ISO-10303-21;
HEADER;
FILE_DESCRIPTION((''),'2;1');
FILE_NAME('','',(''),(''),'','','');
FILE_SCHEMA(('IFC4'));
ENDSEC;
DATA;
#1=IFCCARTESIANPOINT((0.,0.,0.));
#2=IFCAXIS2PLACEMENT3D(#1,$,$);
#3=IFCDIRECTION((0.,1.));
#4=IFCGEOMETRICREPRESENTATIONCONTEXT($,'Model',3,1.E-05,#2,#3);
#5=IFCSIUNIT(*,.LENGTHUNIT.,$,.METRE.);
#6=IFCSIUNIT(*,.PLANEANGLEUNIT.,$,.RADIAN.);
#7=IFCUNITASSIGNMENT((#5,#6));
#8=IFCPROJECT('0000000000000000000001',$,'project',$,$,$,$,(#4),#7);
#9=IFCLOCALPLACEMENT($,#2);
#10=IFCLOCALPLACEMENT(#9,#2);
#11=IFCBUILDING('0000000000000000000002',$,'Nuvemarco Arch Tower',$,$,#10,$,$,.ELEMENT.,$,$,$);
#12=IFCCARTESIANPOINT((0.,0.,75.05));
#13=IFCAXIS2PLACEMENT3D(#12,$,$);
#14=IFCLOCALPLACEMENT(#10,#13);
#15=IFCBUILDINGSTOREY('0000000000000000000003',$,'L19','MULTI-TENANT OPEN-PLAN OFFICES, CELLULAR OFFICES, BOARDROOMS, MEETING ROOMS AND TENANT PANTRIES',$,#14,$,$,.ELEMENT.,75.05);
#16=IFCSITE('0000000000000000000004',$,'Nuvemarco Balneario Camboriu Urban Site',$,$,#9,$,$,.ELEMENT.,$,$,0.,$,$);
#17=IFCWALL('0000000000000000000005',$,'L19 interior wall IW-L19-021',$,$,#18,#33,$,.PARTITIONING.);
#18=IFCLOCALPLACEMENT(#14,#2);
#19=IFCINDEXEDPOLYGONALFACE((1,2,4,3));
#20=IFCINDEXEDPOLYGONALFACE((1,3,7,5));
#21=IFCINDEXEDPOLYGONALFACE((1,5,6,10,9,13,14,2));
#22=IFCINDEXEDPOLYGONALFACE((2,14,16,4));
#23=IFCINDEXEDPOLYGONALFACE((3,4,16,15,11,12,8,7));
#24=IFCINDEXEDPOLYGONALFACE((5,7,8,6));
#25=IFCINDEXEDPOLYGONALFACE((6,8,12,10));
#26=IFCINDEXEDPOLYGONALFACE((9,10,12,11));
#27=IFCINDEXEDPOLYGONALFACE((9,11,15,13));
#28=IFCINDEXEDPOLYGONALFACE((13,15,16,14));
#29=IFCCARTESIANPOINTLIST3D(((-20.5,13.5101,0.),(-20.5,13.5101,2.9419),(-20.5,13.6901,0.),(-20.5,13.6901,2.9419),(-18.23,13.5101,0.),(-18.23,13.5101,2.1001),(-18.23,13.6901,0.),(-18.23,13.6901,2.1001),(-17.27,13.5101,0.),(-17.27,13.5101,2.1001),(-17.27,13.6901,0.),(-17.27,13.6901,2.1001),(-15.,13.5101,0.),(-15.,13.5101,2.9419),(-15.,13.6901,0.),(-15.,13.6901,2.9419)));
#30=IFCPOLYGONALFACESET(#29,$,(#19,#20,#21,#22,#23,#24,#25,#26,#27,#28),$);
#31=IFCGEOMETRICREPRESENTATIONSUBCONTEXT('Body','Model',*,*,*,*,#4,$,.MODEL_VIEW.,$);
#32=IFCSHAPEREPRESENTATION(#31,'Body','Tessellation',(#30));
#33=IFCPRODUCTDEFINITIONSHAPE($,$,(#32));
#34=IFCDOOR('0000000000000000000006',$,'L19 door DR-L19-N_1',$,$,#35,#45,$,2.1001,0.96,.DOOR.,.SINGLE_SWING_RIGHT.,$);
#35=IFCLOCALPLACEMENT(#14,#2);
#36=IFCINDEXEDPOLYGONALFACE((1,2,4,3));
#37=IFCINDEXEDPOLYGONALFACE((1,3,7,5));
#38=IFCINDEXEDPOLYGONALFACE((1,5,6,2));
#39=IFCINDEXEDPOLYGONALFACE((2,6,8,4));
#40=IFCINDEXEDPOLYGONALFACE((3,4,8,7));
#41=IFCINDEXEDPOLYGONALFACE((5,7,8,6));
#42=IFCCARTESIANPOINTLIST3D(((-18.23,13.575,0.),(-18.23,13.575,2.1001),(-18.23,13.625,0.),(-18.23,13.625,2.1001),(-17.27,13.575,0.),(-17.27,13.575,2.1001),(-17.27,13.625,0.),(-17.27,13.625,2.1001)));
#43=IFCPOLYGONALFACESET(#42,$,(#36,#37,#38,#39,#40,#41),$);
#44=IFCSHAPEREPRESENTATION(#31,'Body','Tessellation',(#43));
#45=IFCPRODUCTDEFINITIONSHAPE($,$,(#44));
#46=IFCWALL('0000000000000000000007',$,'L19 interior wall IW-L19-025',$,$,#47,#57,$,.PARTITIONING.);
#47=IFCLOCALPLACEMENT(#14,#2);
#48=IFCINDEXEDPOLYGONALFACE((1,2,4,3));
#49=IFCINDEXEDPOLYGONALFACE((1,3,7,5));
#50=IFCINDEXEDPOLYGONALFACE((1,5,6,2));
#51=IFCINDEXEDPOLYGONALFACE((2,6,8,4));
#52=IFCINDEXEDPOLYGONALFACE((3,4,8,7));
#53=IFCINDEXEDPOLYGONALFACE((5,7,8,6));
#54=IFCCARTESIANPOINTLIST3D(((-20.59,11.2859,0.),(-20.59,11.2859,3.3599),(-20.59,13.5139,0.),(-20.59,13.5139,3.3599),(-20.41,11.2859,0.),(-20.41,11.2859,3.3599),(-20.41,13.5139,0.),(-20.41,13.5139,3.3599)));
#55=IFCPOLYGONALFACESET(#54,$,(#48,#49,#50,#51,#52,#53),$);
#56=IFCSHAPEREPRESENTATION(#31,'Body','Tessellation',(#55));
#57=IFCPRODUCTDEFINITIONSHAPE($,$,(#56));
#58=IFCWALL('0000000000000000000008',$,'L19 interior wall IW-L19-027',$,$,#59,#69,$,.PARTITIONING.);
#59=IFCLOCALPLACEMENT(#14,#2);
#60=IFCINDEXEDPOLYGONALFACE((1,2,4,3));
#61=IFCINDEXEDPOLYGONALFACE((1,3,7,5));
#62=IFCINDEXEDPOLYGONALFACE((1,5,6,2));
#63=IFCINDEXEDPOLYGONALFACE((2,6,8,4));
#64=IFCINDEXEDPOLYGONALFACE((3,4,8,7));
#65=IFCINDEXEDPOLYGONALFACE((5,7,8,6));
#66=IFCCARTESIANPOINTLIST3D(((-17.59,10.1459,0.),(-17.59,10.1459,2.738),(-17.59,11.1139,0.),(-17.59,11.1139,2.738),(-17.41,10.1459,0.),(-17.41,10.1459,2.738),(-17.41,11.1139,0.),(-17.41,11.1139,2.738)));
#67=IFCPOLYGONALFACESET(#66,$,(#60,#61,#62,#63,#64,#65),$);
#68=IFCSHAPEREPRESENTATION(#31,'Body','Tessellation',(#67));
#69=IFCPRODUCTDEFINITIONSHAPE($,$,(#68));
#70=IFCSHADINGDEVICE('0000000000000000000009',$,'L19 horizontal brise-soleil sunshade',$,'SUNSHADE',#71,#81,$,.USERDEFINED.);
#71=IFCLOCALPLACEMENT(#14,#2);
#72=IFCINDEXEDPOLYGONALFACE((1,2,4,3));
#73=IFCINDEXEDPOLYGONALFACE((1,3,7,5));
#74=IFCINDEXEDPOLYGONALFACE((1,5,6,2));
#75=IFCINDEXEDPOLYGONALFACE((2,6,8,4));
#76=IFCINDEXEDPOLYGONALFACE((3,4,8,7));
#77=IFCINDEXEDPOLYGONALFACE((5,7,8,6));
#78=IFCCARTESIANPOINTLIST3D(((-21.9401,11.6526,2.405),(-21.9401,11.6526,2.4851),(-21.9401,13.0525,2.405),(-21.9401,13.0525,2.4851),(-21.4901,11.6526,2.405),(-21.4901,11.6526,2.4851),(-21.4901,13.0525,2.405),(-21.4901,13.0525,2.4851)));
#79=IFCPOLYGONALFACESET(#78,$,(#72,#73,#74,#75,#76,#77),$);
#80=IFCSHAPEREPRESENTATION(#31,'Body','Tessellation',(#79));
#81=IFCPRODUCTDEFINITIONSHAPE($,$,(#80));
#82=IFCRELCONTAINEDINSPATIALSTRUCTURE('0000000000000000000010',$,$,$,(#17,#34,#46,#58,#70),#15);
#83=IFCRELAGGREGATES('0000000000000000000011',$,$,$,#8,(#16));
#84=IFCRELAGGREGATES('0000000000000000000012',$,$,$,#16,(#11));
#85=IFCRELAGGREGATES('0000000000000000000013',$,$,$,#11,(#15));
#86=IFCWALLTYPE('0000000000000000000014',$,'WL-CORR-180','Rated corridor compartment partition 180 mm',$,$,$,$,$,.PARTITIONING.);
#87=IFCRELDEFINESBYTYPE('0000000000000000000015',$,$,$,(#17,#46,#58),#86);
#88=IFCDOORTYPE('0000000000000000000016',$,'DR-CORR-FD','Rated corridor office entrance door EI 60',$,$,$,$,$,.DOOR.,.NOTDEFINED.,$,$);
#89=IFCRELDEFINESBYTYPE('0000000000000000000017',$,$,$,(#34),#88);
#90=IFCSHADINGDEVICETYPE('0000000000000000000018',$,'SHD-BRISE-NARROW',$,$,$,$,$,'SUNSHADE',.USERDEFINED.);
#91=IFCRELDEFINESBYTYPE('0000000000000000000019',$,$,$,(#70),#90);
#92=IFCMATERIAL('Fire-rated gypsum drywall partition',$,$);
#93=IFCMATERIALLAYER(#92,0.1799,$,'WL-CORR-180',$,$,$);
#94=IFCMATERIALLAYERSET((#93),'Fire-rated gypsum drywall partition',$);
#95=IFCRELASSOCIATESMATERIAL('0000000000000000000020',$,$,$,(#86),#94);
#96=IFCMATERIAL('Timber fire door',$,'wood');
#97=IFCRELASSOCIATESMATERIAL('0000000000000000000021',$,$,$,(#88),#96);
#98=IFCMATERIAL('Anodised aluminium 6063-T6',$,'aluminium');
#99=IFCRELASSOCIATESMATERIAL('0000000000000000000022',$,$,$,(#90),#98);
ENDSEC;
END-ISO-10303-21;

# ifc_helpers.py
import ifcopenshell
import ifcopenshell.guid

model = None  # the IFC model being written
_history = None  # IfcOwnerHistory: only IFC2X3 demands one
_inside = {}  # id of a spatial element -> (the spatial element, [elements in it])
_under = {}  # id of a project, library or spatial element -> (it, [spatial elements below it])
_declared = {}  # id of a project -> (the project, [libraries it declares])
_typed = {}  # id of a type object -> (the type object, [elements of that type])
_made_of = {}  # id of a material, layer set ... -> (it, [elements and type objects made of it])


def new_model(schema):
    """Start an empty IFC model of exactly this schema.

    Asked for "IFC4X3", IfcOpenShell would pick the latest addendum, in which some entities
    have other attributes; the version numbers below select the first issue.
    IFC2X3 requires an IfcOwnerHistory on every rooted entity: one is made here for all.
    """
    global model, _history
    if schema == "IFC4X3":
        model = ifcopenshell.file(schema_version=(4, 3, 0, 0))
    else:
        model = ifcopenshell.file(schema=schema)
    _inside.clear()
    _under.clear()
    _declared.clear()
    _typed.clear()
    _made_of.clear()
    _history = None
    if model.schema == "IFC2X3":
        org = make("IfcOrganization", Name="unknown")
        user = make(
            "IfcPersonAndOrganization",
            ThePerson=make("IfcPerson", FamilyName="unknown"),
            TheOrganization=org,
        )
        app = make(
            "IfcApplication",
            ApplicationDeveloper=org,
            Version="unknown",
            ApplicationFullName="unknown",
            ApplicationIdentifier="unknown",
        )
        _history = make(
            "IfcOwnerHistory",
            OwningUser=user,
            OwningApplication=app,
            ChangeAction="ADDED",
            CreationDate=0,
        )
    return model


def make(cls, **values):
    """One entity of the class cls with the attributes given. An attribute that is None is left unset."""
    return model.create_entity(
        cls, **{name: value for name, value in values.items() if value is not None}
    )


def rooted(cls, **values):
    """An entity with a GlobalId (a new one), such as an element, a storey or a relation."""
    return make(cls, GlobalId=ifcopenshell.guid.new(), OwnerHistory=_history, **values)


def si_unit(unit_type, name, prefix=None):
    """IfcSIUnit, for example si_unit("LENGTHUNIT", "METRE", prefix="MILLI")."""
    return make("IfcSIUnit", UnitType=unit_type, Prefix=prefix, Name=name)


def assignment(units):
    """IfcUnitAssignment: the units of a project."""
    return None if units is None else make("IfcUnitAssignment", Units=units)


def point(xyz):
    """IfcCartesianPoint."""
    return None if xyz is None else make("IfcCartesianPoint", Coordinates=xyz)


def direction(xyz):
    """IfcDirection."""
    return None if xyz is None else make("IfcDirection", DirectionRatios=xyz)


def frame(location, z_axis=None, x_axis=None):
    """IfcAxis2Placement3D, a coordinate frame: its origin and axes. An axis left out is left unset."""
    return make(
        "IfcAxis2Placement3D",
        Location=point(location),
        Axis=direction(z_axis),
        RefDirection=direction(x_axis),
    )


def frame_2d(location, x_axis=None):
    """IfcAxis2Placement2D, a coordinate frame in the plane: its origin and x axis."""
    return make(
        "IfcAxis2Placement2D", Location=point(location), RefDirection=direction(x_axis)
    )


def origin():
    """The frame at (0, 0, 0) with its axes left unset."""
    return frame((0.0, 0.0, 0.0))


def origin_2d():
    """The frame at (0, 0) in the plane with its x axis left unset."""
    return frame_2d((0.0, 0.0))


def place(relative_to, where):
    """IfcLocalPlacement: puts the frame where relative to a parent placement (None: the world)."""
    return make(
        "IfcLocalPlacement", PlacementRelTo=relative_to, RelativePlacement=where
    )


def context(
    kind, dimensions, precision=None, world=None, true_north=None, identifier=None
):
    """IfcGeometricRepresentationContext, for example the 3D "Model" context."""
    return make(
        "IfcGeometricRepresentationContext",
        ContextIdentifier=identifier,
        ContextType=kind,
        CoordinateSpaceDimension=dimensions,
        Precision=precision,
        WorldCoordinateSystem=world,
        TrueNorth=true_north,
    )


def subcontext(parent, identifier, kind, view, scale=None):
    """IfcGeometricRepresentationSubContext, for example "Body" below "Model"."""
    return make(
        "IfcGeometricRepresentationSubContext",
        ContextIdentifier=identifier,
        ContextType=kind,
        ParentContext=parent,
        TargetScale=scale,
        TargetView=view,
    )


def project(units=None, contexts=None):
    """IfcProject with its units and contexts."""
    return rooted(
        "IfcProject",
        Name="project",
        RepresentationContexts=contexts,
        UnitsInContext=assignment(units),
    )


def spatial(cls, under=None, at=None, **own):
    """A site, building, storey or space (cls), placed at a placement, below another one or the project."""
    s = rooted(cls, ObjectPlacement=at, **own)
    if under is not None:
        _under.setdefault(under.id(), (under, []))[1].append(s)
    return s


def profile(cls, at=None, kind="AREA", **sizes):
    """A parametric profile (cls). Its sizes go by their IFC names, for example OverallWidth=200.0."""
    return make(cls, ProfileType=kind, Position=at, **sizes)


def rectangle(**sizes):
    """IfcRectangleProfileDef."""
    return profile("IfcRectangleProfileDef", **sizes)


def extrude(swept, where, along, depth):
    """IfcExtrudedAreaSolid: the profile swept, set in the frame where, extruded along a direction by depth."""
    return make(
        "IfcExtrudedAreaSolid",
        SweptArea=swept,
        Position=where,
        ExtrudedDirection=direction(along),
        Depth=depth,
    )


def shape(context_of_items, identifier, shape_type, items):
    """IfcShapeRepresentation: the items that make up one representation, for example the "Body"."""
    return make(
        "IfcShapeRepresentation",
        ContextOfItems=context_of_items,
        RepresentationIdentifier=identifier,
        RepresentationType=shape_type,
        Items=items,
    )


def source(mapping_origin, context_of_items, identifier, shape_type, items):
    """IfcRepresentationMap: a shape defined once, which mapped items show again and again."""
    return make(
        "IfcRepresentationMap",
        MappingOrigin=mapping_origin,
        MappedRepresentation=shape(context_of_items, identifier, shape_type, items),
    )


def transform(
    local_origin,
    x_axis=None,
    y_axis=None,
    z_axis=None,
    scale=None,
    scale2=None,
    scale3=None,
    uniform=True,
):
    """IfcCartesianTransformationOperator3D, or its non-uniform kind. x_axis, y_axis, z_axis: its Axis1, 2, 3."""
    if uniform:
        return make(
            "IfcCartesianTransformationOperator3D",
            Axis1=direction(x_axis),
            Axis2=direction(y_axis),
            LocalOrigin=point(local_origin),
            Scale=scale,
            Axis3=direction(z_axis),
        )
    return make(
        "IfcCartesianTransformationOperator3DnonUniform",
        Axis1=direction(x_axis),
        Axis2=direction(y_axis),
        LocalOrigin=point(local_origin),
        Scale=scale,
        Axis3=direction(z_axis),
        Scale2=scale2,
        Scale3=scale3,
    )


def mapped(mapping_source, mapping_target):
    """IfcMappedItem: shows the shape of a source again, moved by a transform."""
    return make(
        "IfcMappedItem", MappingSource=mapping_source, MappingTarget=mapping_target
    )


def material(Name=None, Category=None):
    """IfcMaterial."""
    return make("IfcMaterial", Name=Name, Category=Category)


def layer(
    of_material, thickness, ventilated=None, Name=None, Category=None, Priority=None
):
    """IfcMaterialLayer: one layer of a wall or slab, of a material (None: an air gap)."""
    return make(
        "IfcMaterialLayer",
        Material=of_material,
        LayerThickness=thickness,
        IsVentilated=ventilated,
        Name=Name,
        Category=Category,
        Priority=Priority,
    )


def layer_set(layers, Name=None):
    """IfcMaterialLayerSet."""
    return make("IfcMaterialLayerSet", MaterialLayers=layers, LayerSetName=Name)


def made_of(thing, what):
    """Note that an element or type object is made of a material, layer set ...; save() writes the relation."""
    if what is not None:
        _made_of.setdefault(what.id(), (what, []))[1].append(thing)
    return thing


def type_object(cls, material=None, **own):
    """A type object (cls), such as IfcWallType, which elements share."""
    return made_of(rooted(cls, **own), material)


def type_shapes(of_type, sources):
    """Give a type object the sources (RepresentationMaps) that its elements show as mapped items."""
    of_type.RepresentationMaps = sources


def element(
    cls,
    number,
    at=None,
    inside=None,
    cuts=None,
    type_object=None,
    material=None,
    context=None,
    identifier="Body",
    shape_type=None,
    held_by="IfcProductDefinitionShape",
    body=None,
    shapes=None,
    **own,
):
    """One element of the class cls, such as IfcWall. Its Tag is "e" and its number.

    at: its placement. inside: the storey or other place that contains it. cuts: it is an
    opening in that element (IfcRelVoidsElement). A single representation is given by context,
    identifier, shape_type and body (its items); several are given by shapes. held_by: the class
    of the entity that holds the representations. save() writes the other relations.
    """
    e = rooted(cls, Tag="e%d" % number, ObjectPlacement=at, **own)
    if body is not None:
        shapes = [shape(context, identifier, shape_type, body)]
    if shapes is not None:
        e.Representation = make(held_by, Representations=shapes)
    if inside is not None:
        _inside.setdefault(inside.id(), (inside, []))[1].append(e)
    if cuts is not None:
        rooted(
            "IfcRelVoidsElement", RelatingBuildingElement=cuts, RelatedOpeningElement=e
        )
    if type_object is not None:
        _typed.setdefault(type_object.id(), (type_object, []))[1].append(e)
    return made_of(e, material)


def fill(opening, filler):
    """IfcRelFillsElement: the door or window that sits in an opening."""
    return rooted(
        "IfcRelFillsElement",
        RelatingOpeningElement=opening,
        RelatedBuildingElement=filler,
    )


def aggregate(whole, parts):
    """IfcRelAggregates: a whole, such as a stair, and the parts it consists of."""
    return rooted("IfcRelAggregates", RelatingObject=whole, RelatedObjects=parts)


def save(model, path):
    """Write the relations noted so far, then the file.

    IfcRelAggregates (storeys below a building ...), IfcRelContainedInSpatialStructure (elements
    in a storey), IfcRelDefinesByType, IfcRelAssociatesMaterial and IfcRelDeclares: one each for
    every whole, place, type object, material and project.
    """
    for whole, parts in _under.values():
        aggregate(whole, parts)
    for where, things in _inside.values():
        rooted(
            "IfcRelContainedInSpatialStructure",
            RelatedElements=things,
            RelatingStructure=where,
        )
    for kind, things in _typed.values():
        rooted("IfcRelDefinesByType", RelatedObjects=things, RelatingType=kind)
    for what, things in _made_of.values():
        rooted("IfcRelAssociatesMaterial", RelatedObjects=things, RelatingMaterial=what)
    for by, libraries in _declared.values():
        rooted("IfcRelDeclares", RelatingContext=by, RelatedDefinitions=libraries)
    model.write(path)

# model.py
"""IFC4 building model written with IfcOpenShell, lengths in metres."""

from ifc_helpers import new_model, si_unit, direction, frame, frame_2d, origin, origin_2d, place, context, subcontext, project, spatial, rectangle, extrude, source, transform, mapped, material, layer, layer_set, type_object, type_shapes, element, fill, save


model = new_model("IFC4")

# Units and contexts
model_context = context("Model", 3, precision=1e-05, world=origin(), true_north=direction((0.0, 1.0)))
body_context = subcontext(model_context, "Body", "Model", "MODEL_VIEW")
ifc_project = project(units=[si_unit("LENGTHUNIT", "METRE"), si_unit("PLANEANGLEUNIT", "RADIAN")], contexts=[model_context])

# Site, building, storey
site_placement = place(None, origin())
site = spatial("IfcSite", under=ifc_project, at=site_placement, Name="Nuvemarco Balneario Camboriu Urban Site", CompositionType="ELEMENT", RefElevation=0.0)
building_placement = place(site_placement, origin())
building = spatial("IfcBuilding", under=site, at=building_placement, Name="Nuvemarco Arch Tower", CompositionType="ELEMENT")
storey_placement = place(building_placement, frame((0.0, 0.0, 75.05)))
storey = spatial("IfcBuildingStorey", under=building, at=storey_placement, Name="L19", Description="MULTI-TENANT OPEN-PLAN OFFICES, CELLULAR OFFICES, BOARDROOMS, MEETING ROOMS AND TENANT PANTRIES", CompositionType="ELEMENT", Elevation=75.05)

# Shared definitions
ifc_material_1 = material(Name="Fire-rated gypsum drywall partition")
ifc_layer = layer(ifc_material_1, 0.1799, Name="WL-CORR-180")
ifc_layer_set = layer_set([ifc_layer], Name="Fire-rated gypsum drywall partition")
wall_type = type_object("IfcWallType", Name="WL-CORR-180", Description="Rated corridor compartment partition 180 mm", PredefinedType="PARTITIONING", material=ifc_layer_set)
ifc_material_2 = material(Name="Timber fire door", Category="wood")
door_type_1 = type_object("IfcDoorType", Name="DR-CORR-FD", Description="Rated corridor office entrance door EI 60", OperationType="NOTDEFINED", PredefinedType="DOOR", material=ifc_material_2)
shared_shape_1 = source(origin(), body_context, "Body", "SweptSolid", [
    extrude(rectangle(XDim=0.96, YDim=2.1001, at=frame_2d((0.48, 1.05))), frame((0.0, 0.0249, 0.0), z_axis=(0.0, -1.0, 0.0), x_axis=(1.0, 0.0, 0.0)), (0.0, 0.0, 1.0), 0.05),
])
type_shapes(door_type_1, [shared_shape_1])

# Wall, opening, door
wall_1_placement = place(storey_placement, frame((-20.5, 13.6001, 0.0), z_axis=(0.0, 0.0, 1.0), x_axis=(1.0, 0.0, 0.0)))
wall_1 = element("IfcWall", 1, at=wall_1_placement, inside=storey, type_object=wall_type, Name="L19 interior wall IW-L19-021", PredefinedType="PARTITIONING", context=body_context, shape_type="SweptSolid", body=[
    extrude(rectangle(XDim=5.5, YDim=0.1799, at=frame_2d((2.75, 0.0))), origin(), (0.0, 0.0, 1.0), 2.9419),
])
opening_1_placement = place(wall_1_placement, frame((2.27, 0.0, 0.0)))
opening_1 = element("IfcOpeningElement", 2, at=opening_1_placement, cuts=wall_1, PredefinedType="OPENING", context=body_context, shape_type="SweptSolid", body=[
    extrude(rectangle(XDim=0.96, YDim=2.1001, at=frame_2d((0.48, 1.05))), frame((0.0, 0.0999, 0.0), z_axis=(0.0, -1.0, 0.0), x_axis=(1.0, 0.0, 0.0)), (0.0, 0.0, 1.0), 0.2),
])
door_1_placement = place(opening_1_placement, origin())
door_1 = element("IfcDoor", 3, at=door_1_placement, inside=storey, type_object=door_type_1, Name="L19 door DR-L19-N_1", OperationType="SINGLE_SWING_RIGHT", OverallHeight=2.1001, OverallWidth=0.96, PredefinedType="DOOR", context=body_context, shape_type="MappedRepresentation", body=[
    mapped(shared_shape_1, transform((0.0, 0.0, 0.0), scale=1.0)),
])
fill(opening_1, door_1)

# Walls
wall_2_placement = place(storey_placement, frame((-20.5, 11.2859, 0.0), z_axis=(0.0, 0.0, 1.0), x_axis=(0.0, 1.0, 0.0)))
element("IfcWall", 4, at=wall_2_placement, inside=storey, type_object=wall_type, Name="L19 interior wall IW-L19-025", PredefinedType="PARTITIONING", context=body_context, shape_type="SweptSolid", body=[
    extrude(rectangle(XDim=2.228, YDim=0.1799, at=frame_2d((1.114, 0.0))), origin(), (0.0, 0.0, 1.0), 3.3599),
])
wall_3_placement = place(storey_placement, frame((-17.5, 10.146, 0.0), z_axis=(0.0, 0.0, 1.0), x_axis=(0.0, 1.0, 0.0)))
element("IfcWall", 5, at=wall_3_placement, inside=storey, type_object=wall_type, Name="L19 interior wall IW-L19-027", PredefinedType="PARTITIONING", context=body_context, shape_type="SweptSolid", body=[
    extrude(rectangle(XDim=0.968, YDim=0.1799, at=frame_2d((0.4839, 0.0))), origin(), (0.0, 0.0, 1.0), 2.738),
])

# Shading device
ifc_material_3 = material(Name="Anodised aluminium 6063-T6", Category="aluminium")
shading_device_type = type_object("IfcShadingDeviceType", Name="SHD-BRISE-NARROW", ElementType="SUNSHADE", PredefinedType="USERDEFINED", material=ifc_material_3)
shared_shape_2 = source(origin(), body_context, "Body", "SweptSolid", [
    extrude(rectangle(XDim=1.3999, YDim=0.45, at=origin_2d()), origin(), (0.0, 0.0, 1.0), 0.0801),
])
type_shapes(shading_device_type, [shared_shape_2])
shading_device_placement = place(storey_placement, frame((-21.7151, 12.3525, 2.405), z_axis=(0.0, 0.0, 1.0), x_axis=(0.0, 1.0, 0.0)))
element("IfcShadingDevice", 6, at=shading_device_placement, inside=storey, type_object=shading_device_type, Name="L19 horizontal brise-soleil sunshade", ObjectType="SUNSHADE", PredefinedType="USERDEFINED", context=body_context, shape_type="MappedRepresentation", body=[
    mapped(shared_shape_2, transform((0.0, 0.0, 0.0), scale=1.0)),
])

save(model, "model.ifc")
